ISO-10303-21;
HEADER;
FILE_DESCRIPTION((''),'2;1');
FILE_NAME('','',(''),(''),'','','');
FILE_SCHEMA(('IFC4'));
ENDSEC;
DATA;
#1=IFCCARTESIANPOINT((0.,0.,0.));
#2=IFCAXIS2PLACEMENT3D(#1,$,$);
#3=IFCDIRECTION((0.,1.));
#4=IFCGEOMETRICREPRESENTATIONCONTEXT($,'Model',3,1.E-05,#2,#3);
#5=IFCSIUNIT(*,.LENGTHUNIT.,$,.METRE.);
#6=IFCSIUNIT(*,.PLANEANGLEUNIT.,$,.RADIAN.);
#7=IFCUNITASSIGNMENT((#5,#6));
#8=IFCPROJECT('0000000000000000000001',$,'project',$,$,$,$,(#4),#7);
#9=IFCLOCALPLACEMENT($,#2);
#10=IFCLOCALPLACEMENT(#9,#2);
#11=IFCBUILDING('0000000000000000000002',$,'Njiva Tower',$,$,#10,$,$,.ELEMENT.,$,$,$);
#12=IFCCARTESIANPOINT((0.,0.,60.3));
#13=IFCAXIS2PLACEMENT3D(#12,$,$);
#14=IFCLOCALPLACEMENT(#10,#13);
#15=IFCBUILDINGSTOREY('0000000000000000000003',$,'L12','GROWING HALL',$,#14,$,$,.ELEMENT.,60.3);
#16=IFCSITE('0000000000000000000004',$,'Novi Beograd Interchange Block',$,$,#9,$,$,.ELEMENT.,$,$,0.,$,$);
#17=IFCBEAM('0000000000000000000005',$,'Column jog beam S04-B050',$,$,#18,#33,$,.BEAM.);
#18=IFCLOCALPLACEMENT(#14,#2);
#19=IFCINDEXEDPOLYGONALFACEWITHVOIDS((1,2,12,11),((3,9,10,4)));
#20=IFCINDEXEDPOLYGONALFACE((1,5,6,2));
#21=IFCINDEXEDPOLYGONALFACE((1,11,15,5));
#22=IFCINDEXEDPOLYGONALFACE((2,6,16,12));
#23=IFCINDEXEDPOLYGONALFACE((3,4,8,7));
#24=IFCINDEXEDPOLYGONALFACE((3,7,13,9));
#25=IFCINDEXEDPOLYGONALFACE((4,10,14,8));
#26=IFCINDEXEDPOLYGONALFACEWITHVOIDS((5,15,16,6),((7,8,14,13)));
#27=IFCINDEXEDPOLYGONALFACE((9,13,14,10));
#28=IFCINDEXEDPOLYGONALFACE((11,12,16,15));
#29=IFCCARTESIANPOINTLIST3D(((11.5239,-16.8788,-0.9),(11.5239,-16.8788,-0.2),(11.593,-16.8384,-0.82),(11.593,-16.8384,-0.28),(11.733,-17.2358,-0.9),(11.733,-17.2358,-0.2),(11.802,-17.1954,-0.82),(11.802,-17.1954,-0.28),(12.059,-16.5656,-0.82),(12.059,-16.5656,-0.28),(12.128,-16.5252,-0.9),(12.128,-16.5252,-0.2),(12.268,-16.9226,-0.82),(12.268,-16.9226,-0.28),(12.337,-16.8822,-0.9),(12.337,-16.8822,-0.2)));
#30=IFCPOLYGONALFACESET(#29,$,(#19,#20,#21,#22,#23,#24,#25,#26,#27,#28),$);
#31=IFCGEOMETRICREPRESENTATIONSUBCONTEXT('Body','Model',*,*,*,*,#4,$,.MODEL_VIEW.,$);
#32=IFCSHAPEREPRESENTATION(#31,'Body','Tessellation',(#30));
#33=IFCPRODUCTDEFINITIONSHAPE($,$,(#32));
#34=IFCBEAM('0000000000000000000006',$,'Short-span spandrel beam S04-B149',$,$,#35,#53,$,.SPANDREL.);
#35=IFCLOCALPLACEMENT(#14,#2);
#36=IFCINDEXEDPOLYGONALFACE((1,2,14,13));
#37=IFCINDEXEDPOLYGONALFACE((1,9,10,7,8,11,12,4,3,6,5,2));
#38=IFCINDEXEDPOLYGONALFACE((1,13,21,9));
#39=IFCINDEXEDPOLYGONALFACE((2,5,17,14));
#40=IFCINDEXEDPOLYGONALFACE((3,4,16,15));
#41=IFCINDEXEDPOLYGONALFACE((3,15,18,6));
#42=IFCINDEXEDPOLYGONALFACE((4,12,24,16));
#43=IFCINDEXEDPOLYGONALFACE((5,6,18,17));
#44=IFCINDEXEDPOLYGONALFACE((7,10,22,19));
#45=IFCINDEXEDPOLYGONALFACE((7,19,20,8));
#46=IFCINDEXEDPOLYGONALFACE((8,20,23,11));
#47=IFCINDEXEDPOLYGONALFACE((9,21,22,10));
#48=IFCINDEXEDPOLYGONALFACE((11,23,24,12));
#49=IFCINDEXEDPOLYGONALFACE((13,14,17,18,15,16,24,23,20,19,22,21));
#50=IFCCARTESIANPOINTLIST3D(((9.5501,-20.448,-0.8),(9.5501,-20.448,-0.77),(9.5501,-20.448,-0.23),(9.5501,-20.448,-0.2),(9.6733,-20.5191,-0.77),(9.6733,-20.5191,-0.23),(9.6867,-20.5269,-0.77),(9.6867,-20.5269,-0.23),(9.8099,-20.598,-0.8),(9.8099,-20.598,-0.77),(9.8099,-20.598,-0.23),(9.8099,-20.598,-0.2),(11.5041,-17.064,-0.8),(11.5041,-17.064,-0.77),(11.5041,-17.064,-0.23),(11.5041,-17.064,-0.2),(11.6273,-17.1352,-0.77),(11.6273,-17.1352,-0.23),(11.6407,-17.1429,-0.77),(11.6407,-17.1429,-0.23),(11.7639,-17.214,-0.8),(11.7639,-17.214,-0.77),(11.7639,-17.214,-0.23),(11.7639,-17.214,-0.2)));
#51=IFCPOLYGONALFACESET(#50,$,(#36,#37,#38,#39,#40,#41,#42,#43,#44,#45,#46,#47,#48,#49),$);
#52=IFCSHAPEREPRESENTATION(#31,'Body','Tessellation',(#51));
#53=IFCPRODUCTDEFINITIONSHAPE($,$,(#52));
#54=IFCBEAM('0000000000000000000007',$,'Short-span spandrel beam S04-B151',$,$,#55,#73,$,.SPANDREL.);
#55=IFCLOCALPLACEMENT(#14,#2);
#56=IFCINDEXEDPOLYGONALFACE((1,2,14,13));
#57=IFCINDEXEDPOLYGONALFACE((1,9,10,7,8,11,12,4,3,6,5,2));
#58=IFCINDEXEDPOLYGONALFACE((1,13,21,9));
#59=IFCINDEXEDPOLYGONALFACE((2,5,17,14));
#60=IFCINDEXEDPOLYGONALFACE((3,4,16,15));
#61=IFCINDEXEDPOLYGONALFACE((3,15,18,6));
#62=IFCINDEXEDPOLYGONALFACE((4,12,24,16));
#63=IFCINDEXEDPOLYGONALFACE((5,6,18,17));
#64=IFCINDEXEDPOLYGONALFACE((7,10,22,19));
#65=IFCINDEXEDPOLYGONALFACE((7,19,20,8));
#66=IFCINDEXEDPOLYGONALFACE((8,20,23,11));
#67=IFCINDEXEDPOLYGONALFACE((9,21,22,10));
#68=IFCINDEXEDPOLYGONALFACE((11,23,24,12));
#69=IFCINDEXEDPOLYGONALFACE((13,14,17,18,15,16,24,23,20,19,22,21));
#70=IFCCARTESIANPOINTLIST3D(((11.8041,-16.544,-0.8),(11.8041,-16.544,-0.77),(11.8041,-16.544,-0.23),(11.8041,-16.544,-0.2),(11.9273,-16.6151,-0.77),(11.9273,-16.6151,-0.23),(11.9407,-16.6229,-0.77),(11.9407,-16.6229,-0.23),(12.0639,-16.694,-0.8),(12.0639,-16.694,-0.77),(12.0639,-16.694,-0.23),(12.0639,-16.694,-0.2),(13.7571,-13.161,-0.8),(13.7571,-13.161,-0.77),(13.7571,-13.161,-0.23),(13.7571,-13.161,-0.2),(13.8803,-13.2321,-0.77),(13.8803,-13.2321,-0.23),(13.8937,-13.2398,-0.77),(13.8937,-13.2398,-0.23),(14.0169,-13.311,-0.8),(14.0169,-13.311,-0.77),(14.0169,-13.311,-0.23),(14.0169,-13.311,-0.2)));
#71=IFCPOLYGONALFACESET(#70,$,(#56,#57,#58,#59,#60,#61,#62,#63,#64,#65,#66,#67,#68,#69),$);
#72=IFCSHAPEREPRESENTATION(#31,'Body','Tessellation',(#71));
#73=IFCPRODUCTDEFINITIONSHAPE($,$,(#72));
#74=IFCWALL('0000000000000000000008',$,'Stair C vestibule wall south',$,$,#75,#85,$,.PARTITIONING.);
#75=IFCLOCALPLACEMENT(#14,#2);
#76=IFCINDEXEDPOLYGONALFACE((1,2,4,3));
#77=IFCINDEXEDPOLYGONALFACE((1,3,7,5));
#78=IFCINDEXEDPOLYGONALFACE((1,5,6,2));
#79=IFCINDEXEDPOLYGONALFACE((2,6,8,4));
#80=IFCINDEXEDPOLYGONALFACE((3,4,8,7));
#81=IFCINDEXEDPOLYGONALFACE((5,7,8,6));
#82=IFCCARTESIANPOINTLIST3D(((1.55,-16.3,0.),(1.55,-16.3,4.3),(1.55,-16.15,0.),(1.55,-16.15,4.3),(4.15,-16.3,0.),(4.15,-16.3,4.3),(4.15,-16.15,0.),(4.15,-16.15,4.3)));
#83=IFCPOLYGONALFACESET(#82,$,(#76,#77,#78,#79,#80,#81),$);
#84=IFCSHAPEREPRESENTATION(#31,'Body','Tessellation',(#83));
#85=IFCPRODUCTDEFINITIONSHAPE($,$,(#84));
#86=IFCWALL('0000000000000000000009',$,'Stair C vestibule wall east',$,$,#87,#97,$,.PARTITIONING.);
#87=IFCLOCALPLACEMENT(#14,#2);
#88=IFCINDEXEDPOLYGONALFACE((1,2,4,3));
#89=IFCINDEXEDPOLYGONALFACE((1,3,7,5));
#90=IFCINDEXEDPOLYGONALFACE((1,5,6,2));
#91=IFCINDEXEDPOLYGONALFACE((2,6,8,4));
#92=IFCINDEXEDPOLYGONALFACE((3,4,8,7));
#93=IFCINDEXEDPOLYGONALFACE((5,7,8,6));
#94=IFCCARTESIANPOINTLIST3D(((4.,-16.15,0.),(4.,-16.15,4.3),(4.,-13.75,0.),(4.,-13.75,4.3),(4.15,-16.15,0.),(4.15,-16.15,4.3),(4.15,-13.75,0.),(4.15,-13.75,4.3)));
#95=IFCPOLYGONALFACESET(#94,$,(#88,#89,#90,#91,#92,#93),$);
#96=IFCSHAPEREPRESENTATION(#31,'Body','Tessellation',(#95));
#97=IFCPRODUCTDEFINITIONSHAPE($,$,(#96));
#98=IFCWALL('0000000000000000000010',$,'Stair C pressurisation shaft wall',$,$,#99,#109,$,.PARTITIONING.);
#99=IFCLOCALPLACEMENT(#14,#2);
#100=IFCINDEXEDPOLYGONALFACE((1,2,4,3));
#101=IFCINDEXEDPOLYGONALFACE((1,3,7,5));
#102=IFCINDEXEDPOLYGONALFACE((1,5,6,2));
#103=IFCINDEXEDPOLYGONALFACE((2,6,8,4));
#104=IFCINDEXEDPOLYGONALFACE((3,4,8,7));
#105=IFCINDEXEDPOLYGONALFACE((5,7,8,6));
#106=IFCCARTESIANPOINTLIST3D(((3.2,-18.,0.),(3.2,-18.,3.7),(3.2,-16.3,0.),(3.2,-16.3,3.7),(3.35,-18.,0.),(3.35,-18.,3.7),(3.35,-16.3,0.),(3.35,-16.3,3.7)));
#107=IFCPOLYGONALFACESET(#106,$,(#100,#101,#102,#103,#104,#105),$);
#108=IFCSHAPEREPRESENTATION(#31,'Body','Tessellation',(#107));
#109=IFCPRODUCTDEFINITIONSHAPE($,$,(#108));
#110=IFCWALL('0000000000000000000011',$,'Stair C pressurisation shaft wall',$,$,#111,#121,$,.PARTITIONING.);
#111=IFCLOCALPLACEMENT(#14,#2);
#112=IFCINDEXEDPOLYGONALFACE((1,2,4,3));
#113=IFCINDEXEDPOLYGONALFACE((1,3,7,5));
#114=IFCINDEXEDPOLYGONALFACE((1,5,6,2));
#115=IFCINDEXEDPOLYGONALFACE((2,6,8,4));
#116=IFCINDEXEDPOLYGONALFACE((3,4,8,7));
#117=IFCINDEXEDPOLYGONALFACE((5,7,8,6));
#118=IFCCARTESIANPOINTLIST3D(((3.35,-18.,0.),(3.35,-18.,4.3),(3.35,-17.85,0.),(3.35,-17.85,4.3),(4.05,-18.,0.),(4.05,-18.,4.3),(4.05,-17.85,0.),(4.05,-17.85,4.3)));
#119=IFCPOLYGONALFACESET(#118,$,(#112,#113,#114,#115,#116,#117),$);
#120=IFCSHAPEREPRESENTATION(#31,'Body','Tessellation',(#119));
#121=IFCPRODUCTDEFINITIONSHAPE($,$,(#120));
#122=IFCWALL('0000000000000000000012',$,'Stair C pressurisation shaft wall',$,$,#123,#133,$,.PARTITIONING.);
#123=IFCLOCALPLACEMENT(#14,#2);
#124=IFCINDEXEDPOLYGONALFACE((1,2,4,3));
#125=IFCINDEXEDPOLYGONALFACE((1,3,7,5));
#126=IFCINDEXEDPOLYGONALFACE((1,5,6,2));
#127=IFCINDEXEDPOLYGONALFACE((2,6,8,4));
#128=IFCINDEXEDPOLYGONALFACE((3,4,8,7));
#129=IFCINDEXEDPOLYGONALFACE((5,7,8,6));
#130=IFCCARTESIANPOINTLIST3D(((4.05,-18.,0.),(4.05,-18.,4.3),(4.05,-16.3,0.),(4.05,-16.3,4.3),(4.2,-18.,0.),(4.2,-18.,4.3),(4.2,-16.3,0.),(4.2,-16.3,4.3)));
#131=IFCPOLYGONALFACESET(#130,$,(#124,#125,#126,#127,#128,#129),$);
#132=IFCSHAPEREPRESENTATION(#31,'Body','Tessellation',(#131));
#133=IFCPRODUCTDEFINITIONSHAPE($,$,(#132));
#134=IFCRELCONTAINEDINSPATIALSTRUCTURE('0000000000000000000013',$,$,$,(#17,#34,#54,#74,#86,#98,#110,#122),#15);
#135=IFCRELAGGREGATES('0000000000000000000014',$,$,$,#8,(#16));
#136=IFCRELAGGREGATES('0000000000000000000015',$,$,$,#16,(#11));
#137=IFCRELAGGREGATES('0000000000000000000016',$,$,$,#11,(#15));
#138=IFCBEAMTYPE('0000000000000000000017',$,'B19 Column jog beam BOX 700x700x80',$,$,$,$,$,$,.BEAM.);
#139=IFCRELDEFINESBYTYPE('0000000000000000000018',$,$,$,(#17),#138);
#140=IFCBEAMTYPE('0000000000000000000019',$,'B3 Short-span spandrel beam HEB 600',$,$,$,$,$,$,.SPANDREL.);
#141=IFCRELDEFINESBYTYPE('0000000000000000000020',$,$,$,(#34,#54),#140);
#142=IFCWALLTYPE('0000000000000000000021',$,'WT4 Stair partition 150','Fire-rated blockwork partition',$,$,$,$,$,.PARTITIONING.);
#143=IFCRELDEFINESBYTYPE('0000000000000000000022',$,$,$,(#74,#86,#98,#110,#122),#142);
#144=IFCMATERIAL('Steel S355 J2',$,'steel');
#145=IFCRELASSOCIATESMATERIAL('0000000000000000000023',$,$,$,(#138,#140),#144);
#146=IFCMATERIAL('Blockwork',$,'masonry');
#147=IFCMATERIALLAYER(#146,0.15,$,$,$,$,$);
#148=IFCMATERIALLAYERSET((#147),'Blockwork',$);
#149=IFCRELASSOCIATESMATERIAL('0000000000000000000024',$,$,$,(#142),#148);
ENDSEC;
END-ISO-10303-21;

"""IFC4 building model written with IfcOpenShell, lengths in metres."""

from ifc_helpers import new_model, si_unit, direction, frame, frame_2d, origin, origin_2d, place, context, subcontext, project, spatial, rectangle, hollow_rectangle, i_section, extrude, material, layer, layer_set, material_profile, profile_set, type_object, element, save


model = new_model("IFC4")

# Units and contexts
model_context = context("Model", 3, precision=1e-05, world=origin(), true_north=direction((0.0, 1.0)))
body_context = subcontext(model_context, "Body", "Model", "MODEL_VIEW")
ifc_project = project(units=[si_unit("LENGTHUNIT", "METRE"), si_unit("PLANEANGLEUNIT", "RADIAN")], contexts=[model_context])

# Site, building, storey
site_placement = place(None, origin())
site = spatial("IfcSite", under=ifc_project, at=site_placement, Name="Novi Beograd Interchange Block", CompositionType="ELEMENT", RefElevation=0.0)
building_placement = place(site_placement, origin())
building = spatial("IfcBuilding", under=site, at=building_placement, Name="Njiva Tower", CompositionType="ELEMENT")
storey_placement = place(building_placement, frame((0.0, 0.0, 60.3)))
storey = spatial("IfcBuildingStorey", under=building, at=storey_placement, Name="L12", Description="GROWING HALL", CompositionType="ELEMENT", Elevation=60.3)

# Shared definitions
ifc_material_1 = material(Name="Steel S355 J2", Category="steel")

# Beams
ifc_material_profile_1 = material_profile(ifc_material_1, hollow_rectangle(XDim=0.7, YDim=0.7, WallThickness=0.08, at=origin_2d()), Name="BOX 700x700x80")
ifc_profile_set_1 = profile_set([ifc_material_profile_1], Name="Steel S355 J2")
beam_type_1 = type_object("IfcBeamType", Name="B19 Column jog beam BOX 700x700x80", PredefinedType="BEAM", material=ifc_profile_set_1)
for number, where, z_axis, x_axis, name in (
    (1, (12.035, -17.059, -0.55), (-0.505223, 0.862989, 0.0), (-0.862989, -0.505223, 0.0), "Column jog beam S04-B050"),
):
    element("IfcBeam", number, at=place(storey_placement, frame(where, z_axis=z_axis, x_axis=x_axis)), inside=storey, type_object=beam_type_1, Name=name, PredefinedType="BEAM", context=body_context, shape_type="SweptSolid", body=[
        extrude(hollow_rectangle(XDim=0.7, YDim=0.7, WallThickness=0.08, at=origin_2d()), origin(), (0.0, 0.0, 1.0), 0.4137),
    ])
ifc_material_profile_2 = material_profile(ifc_material_1, i_section(OverallWidth=0.3, OverallDepth=0.6, WebThickness=0.0155, FlangeThickness=0.03, at=origin_2d()), Name="HEB 600")
ifc_profile_set_2 = profile_set([ifc_material_profile_2], Name="Steel S355 J2")
beam_type_2 = type_object("IfcBeamType", Name="B3 Short-span spandrel beam HEB 600", PredefinedType="SPANDREL", material=ifc_profile_set_2)
beam_1_placement = place(storey_placement, frame((9.68, -20.523, -0.5), z_axis=(0.500047, 0.865998, 0.0), x_axis=(-0.865998, 0.500047, 0.0)))
element("IfcBeam", 2, at=beam_1_placement, inside=storey, type_object=beam_type_2, Name="Short-span spandrel beam S04-B149", PredefinedType="SPANDREL", context=body_context, shape_type="SweptSolid", body=[
    extrude(i_section(OverallWidth=0.3, OverallDepth=0.6, WebThickness=0.0155, FlangeThickness=0.03, at=origin_2d()), origin(), (0.0, 0.0, 1.0), 3.9076),
])
beam_2_placement = place(storey_placement, frame((11.934, -16.619, -0.5), z_axis=(0.499966, 0.866045, 0.0), x_axis=(-0.866045, 0.499966, 0.0)))
element("IfcBeam", 3, at=beam_2_placement, inside=storey, type_object=beam_type_2, Name="Short-span spandrel beam S04-B151", PredefinedType="SPANDREL", context=body_context, shape_type="SweptSolid", body=[
    extrude(i_section(OverallWidth=0.3, OverallDepth=0.6, WebThickness=0.0155, FlangeThickness=0.03, at=origin_2d()), origin(), (0.0, 0.0, 1.0), 3.9063),
])

# Walls
ifc_material_2 = material(Name="Blockwork", Category="masonry")
ifc_layer = layer(ifc_material_2, 0.15)
ifc_layer_set = layer_set([ifc_layer], Name="Blockwork")
wall_type = type_object("IfcWallType", Name="WT4 Stair partition 150", Description="Fire-rated blockwork partition", PredefinedType="PARTITIONING", material=ifc_layer_set)
wall_1_placement = place(storey_placement, frame((1.55, -16.225, 0.0), z_axis=(0.0, 0.0, 1.0), x_axis=(1.0, 0.0, 0.0)))
element("IfcWall", 4, at=wall_1_placement, inside=storey, type_object=wall_type, Name="Stair C vestibule wall south", PredefinedType="PARTITIONING", context=body_context, shape_type="SweptSolid", body=[
    extrude(rectangle(XDim=2.6, YDim=0.15, at=frame_2d((1.3, 0.0))), origin(), (0.0, 0.0, 1.0), 4.3),
])
wall_2_placement = place(storey_placement, frame((4.075, -16.15, 0.0), z_axis=(0.0, 0.0, 1.0), x_axis=(0.0, 1.0, 0.0)))
element("IfcWall", 5, at=wall_2_placement, inside=storey, type_object=wall_type, Name="Stair C vestibule wall east", PredefinedType="PARTITIONING", context=body_context, shape_type="SweptSolid", body=[
    extrude(rectangle(XDim=2.4, YDim=0.15, at=frame_2d((1.2, 0.0))), origin(), (0.0, 0.0, 1.0), 4.3),
])
wall_3_placement = place(storey_placement, frame((3.275, -18.0, 0.0), z_axis=(0.0, 0.0, 1.0), x_axis=(0.0, 1.0, 0.0)))
element("IfcWall", 6, at=wall_3_placement, inside=storey, type_object=wall_type, Name="Stair C pressurisation shaft wall", PredefinedType="PARTITIONING", context=body_context, shape_type="SweptSolid", body=[
    extrude(rectangle(XDim=1.7, YDim=0.15, at=frame_2d((0.85, 0.0))), origin(), (0.0, 0.0, 1.0), 3.7),
])
wall_4_placement = place(storey_placement, frame((3.35, -17.925, 0.0), z_axis=(0.0, 0.0, 1.0), x_axis=(1.0, 0.0, 0.0)))
element("IfcWall", 7, at=wall_4_placement, inside=storey, type_object=wall_type, Name="Stair C pressurisation shaft wall", PredefinedType="PARTITIONING", context=body_context, shape_type="SweptSolid", body=[
    extrude(rectangle(XDim=0.7, YDim=0.15, at=frame_2d((0.35, 0.0))), origin(), (0.0, 0.0, 1.0), 4.3),
])
wall_5_placement = place(storey_placement, frame((4.125, -18.0, 0.0), z_axis=(0.0, 0.0, 1.0), x_axis=(0.0, 1.0, 0.0)))
element("IfcWall", 8, at=wall_5_placement, inside=storey, type_object=wall_type, Name="Stair C pressurisation shaft wall", PredefinedType="PARTITIONING", context=body_context, shape_type="SweptSolid", body=[
    extrude(rectangle(XDim=1.7, YDim=0.15, at=frame_2d((0.85, 0.0))), origin(), (0.0, 0.0, 1.0), 4.3),
])

save(model, "model.ifc")
